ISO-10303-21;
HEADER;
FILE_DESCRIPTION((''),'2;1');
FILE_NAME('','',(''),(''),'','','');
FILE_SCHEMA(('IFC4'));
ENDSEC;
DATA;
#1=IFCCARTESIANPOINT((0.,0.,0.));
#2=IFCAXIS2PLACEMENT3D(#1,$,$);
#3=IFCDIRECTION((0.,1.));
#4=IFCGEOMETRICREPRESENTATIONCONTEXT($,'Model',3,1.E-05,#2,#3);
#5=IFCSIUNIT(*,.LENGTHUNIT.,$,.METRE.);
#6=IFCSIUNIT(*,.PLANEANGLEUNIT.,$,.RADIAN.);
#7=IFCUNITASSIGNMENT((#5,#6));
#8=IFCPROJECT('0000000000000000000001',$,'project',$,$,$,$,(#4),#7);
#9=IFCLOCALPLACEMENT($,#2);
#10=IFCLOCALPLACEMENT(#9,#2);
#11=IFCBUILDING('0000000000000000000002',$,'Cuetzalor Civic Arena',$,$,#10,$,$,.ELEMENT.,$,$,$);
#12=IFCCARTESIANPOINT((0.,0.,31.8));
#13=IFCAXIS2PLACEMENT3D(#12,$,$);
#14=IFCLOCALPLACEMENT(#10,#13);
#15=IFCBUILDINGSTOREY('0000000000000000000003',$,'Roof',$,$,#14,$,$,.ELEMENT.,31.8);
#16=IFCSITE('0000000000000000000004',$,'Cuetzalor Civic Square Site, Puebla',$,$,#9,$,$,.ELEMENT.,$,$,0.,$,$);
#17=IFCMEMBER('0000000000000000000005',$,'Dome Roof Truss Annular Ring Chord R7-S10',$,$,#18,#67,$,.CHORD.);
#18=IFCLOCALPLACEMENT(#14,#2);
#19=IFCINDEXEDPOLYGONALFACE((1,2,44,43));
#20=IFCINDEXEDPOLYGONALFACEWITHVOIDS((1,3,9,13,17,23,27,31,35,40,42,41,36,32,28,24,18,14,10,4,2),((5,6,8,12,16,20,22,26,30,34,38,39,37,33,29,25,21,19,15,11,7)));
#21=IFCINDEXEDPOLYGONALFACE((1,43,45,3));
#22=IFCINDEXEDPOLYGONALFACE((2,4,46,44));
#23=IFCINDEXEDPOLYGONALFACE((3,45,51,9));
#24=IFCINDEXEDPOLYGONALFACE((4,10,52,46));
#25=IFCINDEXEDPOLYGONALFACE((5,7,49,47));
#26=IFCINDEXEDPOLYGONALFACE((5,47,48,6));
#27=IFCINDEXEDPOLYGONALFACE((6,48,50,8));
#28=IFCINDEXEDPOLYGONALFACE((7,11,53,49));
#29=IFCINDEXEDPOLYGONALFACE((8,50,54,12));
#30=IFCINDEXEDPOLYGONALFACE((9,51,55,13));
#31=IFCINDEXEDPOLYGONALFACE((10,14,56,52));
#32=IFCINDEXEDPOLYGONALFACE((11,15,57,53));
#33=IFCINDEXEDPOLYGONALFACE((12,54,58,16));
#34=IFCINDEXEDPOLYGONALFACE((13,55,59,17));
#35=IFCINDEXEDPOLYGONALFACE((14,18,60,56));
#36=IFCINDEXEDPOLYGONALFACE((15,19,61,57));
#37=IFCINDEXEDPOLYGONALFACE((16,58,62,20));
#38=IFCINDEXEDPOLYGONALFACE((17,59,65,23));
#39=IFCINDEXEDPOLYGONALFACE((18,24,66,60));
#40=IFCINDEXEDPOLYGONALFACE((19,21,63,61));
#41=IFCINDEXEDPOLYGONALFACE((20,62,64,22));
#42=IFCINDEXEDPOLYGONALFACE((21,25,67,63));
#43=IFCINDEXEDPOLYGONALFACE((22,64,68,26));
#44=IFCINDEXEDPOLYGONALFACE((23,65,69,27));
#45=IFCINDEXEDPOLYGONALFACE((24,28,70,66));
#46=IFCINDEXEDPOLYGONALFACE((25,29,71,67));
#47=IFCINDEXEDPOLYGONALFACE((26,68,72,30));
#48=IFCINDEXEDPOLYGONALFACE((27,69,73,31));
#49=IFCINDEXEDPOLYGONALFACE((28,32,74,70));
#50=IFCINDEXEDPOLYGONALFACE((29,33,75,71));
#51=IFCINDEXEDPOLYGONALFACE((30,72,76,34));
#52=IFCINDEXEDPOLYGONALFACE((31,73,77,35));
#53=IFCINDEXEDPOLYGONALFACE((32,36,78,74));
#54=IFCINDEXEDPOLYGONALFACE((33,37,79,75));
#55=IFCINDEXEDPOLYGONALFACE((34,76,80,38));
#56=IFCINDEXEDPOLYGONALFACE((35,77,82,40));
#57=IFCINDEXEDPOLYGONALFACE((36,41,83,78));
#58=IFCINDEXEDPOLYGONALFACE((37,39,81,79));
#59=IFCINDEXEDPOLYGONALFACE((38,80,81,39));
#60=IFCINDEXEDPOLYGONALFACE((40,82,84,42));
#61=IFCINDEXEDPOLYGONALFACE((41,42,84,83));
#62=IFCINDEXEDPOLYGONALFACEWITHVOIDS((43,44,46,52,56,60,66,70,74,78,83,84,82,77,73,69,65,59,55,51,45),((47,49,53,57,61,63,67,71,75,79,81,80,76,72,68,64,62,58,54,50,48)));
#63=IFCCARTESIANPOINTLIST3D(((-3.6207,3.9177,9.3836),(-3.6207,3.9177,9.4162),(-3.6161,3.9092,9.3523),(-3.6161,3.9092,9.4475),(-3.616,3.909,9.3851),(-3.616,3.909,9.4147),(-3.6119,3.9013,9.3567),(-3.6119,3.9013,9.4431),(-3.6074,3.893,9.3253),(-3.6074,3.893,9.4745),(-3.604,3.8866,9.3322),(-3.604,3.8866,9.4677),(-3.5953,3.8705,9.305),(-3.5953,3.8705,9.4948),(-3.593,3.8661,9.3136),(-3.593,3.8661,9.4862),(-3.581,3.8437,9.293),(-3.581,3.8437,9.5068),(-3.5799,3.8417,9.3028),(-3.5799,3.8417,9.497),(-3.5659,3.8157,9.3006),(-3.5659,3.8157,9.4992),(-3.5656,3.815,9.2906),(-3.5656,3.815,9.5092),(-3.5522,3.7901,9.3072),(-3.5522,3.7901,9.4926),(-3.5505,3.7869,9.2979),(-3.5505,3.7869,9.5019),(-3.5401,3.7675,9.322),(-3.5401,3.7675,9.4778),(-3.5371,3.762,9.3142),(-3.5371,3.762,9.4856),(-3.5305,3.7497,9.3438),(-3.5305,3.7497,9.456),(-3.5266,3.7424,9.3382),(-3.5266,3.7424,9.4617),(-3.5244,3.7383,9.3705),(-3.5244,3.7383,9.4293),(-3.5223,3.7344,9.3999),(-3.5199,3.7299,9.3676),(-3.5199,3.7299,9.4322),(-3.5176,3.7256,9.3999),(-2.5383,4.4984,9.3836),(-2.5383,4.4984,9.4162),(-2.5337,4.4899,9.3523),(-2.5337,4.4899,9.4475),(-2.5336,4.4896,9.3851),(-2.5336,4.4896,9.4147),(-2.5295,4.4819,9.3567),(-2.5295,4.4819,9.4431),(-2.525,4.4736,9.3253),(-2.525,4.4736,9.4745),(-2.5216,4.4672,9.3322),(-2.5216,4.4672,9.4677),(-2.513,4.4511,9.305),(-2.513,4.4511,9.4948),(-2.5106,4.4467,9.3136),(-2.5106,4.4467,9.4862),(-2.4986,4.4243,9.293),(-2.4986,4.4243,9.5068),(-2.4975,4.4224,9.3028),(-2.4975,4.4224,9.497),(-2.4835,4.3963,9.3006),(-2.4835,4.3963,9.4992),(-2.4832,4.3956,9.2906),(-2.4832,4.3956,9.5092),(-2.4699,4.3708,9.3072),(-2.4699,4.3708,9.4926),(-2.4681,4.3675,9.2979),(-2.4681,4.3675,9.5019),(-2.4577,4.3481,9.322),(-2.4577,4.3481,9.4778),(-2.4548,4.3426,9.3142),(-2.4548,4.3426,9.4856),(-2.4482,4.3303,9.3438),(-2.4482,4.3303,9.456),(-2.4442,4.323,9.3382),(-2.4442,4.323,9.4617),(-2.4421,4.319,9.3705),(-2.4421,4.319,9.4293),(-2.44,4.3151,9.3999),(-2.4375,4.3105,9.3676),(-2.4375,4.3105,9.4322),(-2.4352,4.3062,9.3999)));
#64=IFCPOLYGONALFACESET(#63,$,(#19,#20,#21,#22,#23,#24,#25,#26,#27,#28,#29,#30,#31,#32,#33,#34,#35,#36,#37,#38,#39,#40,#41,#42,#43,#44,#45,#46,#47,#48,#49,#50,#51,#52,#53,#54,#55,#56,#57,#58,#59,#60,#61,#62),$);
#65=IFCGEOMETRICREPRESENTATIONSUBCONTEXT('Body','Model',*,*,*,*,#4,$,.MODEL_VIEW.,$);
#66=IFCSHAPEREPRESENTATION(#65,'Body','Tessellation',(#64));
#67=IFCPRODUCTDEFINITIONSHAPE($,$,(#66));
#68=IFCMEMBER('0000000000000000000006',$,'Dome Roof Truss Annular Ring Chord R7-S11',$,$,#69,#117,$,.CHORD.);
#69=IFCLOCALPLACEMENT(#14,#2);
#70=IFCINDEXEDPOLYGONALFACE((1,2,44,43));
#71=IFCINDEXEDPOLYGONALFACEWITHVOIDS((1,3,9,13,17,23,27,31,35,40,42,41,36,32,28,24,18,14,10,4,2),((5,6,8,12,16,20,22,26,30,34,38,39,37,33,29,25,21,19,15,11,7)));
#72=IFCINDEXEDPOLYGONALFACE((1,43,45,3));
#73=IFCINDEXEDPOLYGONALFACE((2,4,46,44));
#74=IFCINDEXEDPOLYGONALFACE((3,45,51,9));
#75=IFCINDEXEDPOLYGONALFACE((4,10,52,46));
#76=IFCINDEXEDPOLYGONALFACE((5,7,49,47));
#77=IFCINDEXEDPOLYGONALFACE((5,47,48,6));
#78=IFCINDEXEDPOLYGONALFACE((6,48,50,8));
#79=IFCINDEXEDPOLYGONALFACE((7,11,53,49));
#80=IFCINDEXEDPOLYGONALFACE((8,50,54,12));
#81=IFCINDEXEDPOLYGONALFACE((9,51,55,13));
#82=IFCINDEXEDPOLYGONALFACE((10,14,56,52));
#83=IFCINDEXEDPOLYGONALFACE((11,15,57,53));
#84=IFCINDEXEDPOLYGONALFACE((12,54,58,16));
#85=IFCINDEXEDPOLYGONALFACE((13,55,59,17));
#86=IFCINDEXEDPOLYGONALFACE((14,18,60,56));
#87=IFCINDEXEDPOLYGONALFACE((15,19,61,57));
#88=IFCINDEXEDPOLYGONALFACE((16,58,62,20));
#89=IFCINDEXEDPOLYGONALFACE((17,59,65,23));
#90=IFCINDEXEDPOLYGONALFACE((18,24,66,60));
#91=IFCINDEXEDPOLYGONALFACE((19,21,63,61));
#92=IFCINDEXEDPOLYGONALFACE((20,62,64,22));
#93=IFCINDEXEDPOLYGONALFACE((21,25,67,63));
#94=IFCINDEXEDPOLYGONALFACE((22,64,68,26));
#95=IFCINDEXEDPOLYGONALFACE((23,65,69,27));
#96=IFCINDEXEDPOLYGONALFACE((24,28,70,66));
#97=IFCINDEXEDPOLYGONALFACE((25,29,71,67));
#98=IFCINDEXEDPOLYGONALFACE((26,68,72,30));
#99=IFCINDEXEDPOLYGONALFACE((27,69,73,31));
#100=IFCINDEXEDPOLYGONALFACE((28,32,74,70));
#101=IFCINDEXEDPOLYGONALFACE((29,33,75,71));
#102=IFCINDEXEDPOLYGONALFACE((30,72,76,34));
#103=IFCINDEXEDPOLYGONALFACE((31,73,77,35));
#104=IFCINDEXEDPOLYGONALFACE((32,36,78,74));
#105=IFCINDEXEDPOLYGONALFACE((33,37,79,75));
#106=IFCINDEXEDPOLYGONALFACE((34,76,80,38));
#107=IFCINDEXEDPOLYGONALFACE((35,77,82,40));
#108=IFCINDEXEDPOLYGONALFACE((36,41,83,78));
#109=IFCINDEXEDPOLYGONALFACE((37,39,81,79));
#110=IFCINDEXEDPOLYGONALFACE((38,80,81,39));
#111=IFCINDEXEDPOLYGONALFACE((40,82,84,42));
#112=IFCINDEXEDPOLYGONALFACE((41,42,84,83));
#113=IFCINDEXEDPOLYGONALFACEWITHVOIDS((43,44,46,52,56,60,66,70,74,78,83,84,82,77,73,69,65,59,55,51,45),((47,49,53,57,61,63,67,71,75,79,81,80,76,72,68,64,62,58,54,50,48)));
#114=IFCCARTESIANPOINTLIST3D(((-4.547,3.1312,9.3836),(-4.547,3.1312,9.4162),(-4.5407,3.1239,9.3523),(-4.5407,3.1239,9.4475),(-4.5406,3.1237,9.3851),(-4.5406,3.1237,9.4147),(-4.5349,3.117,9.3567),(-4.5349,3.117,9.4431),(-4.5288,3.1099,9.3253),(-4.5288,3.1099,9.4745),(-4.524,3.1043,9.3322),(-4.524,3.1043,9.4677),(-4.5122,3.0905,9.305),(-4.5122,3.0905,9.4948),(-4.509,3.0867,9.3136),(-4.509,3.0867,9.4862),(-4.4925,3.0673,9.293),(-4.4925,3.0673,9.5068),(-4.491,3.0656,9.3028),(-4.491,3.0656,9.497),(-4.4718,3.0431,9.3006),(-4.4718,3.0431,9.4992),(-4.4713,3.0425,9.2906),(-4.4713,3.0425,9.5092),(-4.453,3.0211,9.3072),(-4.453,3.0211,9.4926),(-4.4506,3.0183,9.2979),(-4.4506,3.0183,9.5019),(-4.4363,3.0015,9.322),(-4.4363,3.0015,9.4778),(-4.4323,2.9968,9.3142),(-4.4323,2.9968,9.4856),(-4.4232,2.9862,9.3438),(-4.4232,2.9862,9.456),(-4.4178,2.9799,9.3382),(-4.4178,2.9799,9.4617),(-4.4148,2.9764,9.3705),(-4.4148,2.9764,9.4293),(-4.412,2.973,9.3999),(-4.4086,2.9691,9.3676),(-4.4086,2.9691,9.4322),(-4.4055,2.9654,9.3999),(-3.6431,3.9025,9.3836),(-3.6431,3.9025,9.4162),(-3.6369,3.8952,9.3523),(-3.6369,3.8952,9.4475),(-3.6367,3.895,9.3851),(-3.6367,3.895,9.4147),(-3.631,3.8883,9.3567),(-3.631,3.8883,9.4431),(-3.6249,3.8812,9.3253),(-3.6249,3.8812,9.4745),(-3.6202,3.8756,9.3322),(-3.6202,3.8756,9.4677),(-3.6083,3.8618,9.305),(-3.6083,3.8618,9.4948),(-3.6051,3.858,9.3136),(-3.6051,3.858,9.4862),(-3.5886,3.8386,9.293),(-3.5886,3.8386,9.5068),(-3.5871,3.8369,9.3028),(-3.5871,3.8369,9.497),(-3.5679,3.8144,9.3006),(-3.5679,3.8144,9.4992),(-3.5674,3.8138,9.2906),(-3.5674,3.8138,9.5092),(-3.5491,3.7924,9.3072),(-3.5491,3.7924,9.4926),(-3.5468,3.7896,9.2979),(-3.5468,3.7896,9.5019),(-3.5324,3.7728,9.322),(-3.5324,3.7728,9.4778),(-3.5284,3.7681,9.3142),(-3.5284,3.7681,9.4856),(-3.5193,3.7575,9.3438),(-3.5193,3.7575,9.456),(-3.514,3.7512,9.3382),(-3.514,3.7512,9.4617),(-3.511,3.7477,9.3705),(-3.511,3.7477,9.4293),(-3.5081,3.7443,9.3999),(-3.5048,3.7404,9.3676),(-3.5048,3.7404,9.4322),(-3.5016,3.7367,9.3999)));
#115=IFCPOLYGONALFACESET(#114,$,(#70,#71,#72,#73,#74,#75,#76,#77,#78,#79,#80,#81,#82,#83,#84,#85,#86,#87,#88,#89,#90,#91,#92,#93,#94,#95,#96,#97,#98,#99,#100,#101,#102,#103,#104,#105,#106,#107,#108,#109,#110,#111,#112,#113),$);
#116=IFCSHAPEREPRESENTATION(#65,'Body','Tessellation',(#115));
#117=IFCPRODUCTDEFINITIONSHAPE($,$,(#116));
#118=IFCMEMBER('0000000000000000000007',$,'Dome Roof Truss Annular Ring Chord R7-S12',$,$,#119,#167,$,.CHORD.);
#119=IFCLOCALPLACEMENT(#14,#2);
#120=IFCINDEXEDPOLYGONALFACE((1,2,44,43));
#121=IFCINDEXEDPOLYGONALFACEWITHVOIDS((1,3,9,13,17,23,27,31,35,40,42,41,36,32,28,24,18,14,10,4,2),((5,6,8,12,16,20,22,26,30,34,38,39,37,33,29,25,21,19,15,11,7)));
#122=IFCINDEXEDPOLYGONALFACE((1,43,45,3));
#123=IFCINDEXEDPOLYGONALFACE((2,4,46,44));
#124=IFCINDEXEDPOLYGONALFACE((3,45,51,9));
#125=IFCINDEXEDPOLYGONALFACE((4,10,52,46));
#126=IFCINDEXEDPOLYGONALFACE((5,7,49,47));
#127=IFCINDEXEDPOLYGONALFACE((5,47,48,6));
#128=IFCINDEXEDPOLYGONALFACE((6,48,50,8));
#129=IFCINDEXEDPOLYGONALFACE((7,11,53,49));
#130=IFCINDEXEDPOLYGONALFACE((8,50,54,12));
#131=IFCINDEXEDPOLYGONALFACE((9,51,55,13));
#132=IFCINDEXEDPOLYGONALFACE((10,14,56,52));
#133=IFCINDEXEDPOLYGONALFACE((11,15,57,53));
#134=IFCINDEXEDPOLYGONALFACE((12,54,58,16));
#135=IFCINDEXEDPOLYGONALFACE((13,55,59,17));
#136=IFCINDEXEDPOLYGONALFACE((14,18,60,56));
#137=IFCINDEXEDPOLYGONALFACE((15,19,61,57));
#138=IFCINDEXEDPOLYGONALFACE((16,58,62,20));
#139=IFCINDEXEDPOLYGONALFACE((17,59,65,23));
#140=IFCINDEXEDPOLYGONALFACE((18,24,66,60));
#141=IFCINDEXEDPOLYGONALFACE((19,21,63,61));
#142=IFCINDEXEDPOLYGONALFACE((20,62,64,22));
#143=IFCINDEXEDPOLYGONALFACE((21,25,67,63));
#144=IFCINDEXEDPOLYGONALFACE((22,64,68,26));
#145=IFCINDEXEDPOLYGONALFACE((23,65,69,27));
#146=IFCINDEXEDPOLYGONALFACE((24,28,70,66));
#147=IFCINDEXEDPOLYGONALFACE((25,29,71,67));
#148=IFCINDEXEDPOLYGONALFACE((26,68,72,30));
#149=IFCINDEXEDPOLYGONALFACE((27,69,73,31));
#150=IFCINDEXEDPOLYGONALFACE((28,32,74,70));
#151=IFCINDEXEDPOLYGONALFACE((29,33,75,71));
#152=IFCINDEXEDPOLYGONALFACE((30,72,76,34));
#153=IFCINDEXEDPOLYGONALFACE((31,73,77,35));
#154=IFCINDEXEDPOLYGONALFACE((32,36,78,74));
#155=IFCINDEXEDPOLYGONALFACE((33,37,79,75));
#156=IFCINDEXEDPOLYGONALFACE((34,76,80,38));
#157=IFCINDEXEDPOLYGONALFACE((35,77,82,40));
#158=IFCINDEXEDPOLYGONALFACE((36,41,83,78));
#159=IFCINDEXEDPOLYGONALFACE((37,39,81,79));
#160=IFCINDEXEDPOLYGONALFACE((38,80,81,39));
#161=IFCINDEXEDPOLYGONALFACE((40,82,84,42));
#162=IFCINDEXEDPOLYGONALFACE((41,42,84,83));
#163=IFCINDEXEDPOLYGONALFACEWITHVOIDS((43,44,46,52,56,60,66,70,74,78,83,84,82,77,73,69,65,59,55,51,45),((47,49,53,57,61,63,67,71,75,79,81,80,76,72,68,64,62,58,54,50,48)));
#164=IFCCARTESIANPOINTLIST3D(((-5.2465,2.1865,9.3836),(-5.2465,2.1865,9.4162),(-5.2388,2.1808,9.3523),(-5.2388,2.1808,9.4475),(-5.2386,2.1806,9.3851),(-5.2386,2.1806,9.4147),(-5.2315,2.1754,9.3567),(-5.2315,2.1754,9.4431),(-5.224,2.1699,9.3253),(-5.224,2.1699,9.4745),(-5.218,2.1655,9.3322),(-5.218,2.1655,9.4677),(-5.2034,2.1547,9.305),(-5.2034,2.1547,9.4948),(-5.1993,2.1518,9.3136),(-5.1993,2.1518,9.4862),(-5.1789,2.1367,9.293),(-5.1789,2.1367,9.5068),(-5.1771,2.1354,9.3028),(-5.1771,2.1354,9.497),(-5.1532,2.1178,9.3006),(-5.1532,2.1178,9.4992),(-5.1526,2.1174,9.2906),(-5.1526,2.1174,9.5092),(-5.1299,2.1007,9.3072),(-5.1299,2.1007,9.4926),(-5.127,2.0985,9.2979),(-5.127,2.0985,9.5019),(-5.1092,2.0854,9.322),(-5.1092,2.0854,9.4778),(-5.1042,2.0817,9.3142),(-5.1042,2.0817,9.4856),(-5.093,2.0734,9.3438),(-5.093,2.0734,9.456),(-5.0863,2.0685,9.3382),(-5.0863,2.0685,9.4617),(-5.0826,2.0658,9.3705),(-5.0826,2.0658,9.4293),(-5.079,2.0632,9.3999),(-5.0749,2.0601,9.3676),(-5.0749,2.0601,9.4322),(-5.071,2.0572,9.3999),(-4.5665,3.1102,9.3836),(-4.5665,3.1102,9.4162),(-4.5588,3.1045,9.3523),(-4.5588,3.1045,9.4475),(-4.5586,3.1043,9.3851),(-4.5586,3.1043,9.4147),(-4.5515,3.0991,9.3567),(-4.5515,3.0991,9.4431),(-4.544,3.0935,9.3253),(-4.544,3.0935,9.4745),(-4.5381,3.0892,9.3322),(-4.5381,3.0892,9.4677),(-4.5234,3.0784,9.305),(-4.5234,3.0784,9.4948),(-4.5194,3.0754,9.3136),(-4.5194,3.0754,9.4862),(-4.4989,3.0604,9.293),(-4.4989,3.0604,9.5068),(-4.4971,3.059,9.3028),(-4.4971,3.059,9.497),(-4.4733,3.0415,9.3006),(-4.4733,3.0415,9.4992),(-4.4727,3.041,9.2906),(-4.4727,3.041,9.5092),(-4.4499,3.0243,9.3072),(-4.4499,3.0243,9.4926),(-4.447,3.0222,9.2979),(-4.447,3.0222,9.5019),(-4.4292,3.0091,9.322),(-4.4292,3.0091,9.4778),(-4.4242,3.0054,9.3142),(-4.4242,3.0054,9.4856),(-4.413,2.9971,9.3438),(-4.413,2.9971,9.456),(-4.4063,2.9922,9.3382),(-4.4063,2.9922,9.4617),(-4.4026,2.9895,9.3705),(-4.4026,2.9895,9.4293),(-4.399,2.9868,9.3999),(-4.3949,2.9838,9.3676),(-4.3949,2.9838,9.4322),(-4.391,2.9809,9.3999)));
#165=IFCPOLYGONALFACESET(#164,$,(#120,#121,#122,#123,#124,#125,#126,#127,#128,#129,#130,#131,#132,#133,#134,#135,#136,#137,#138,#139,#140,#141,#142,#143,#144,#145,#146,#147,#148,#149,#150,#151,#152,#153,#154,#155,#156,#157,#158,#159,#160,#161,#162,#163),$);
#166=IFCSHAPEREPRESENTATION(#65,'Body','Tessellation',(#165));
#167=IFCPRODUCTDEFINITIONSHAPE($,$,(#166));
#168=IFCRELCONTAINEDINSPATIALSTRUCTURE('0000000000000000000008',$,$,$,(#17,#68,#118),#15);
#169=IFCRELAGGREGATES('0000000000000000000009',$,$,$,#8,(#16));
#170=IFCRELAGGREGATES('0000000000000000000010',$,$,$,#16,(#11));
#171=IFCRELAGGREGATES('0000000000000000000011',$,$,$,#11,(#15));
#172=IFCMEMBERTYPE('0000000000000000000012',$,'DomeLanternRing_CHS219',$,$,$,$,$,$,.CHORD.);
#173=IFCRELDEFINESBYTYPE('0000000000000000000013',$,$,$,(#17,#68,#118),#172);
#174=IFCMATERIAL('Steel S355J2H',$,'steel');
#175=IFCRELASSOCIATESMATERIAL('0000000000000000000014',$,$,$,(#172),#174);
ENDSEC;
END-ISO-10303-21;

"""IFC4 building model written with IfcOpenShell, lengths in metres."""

from ifc_helpers import new_model, si_unit, direction, frame, origin, origin_2d, place, context, subcontext, project, spatial, hollow_circle, extrude, material, material_profile, profile_set, type_object, element, save


model = new_model("IFC4")

# Units and contexts
model_context = context("Model", 3, precision=1e-05, world=origin(), true_north=direction((0.0, 1.0)))
body_context = subcontext(model_context, "Body", "Model", "MODEL_VIEW")
ifc_project = project(units=[si_unit("LENGTHUNIT", "METRE"), si_unit("PLANEANGLEUNIT", "RADIAN")], contexts=[model_context])

# Site, building, storey
site_placement = place(None, origin())
site = spatial("IfcSite", under=ifc_project, at=site_placement, Name="Cuetzalor Civic Square Site, Puebla", CompositionType="ELEMENT", RefElevation=0.0)
building_placement = place(site_placement, origin())
building = spatial("IfcBuilding", under=site, at=building_placement, Name="Cuetzalor Civic Arena", CompositionType="ELEMENT")
storey_placement = place(building_placement, frame((0.0, 0.0, 31.8)))
storey = spatial("IfcBuildingStorey", under=building, at=storey_placement, Name="Roof", CompositionType="ELEMENT", Elevation=31.8)

# Members
ifc_material_1 = material(Name="Steel S355J2H", Category="steel")
ifc_material_profile_1 = material_profile(ifc_material_1, hollow_circle(Radius=0.1096, WallThickness=0.01, at=origin_2d()), Name="CHS 219.1x10")
ifc_profile_set_1 = profile_set([ifc_material_profile_1], Name="Steel S355J2H")
member_type_1 = type_object("IfcMemberType", Name="DomeLanternRing_CHS219", PredefinedType="CHORD", material=ifc_profile_set_1)
member_1_placement = place(storey_placement, frame((-2.4871, 4.4028, 9.3999), z_axis=(-0.881217, -0.472712, 0.0), x_axis=(0.472712, -0.881217, 0.0)))
element("IfcMember", 1, at=member_1_placement, inside=storey, type_object=member_type_1, Name="Dome Roof Truss Annular Ring Chord R7-S10", PredefinedType="CHORD", context=body_context, shape_type="SweptSolid", body=[
    extrude(hollow_circle(Radius=0.1096, WallThickness=0.01, at=origin_2d()), origin(), (0.0, 0.0, 1.0), 1.2283),
])
member_2_placement = place(storey_placement, frame((-3.5728, 3.8201, 9.3999), z_axis=(-0.760691, -0.649115, 0.0), x_axis=(0.649115, -0.760691, 0.0)))
element("IfcMember", 2, at=member_2_placement, inside=storey, type_object=member_type_1, Name="Dome Roof Truss Annular Ring Chord R7-S11", PredefinedType="CHORD", context=body_context, shape_type="SweptSolid", body=[
    extrude(hollow_circle(Radius=0.1096, WallThickness=0.01, at=origin_2d()), origin(), (0.0, 0.0, 1.0), 1.1882),
])
member_3_placement = place(storey_placement, frame((-4.4792, 3.0459, 9.3999), z_axis=(-0.592858, -0.805307, 0.0), x_axis=(0.805307, -0.592858, 0.0)))
element("IfcMember", 3, at=member_3_placement, inside=storey, type_object=member_type_1, Name="Dome Roof Truss Annular Ring Chord R7-S12", PredefinedType="CHORD", context=body_context, shape_type="SweptSolid", body=[
    extrude(hollow_circle(Radius=0.1096, WallThickness=0.01, at=origin_2d()), origin(), (0.0, 0.0, 1.0), 1.147),
])

save(model, "model.ifc")
